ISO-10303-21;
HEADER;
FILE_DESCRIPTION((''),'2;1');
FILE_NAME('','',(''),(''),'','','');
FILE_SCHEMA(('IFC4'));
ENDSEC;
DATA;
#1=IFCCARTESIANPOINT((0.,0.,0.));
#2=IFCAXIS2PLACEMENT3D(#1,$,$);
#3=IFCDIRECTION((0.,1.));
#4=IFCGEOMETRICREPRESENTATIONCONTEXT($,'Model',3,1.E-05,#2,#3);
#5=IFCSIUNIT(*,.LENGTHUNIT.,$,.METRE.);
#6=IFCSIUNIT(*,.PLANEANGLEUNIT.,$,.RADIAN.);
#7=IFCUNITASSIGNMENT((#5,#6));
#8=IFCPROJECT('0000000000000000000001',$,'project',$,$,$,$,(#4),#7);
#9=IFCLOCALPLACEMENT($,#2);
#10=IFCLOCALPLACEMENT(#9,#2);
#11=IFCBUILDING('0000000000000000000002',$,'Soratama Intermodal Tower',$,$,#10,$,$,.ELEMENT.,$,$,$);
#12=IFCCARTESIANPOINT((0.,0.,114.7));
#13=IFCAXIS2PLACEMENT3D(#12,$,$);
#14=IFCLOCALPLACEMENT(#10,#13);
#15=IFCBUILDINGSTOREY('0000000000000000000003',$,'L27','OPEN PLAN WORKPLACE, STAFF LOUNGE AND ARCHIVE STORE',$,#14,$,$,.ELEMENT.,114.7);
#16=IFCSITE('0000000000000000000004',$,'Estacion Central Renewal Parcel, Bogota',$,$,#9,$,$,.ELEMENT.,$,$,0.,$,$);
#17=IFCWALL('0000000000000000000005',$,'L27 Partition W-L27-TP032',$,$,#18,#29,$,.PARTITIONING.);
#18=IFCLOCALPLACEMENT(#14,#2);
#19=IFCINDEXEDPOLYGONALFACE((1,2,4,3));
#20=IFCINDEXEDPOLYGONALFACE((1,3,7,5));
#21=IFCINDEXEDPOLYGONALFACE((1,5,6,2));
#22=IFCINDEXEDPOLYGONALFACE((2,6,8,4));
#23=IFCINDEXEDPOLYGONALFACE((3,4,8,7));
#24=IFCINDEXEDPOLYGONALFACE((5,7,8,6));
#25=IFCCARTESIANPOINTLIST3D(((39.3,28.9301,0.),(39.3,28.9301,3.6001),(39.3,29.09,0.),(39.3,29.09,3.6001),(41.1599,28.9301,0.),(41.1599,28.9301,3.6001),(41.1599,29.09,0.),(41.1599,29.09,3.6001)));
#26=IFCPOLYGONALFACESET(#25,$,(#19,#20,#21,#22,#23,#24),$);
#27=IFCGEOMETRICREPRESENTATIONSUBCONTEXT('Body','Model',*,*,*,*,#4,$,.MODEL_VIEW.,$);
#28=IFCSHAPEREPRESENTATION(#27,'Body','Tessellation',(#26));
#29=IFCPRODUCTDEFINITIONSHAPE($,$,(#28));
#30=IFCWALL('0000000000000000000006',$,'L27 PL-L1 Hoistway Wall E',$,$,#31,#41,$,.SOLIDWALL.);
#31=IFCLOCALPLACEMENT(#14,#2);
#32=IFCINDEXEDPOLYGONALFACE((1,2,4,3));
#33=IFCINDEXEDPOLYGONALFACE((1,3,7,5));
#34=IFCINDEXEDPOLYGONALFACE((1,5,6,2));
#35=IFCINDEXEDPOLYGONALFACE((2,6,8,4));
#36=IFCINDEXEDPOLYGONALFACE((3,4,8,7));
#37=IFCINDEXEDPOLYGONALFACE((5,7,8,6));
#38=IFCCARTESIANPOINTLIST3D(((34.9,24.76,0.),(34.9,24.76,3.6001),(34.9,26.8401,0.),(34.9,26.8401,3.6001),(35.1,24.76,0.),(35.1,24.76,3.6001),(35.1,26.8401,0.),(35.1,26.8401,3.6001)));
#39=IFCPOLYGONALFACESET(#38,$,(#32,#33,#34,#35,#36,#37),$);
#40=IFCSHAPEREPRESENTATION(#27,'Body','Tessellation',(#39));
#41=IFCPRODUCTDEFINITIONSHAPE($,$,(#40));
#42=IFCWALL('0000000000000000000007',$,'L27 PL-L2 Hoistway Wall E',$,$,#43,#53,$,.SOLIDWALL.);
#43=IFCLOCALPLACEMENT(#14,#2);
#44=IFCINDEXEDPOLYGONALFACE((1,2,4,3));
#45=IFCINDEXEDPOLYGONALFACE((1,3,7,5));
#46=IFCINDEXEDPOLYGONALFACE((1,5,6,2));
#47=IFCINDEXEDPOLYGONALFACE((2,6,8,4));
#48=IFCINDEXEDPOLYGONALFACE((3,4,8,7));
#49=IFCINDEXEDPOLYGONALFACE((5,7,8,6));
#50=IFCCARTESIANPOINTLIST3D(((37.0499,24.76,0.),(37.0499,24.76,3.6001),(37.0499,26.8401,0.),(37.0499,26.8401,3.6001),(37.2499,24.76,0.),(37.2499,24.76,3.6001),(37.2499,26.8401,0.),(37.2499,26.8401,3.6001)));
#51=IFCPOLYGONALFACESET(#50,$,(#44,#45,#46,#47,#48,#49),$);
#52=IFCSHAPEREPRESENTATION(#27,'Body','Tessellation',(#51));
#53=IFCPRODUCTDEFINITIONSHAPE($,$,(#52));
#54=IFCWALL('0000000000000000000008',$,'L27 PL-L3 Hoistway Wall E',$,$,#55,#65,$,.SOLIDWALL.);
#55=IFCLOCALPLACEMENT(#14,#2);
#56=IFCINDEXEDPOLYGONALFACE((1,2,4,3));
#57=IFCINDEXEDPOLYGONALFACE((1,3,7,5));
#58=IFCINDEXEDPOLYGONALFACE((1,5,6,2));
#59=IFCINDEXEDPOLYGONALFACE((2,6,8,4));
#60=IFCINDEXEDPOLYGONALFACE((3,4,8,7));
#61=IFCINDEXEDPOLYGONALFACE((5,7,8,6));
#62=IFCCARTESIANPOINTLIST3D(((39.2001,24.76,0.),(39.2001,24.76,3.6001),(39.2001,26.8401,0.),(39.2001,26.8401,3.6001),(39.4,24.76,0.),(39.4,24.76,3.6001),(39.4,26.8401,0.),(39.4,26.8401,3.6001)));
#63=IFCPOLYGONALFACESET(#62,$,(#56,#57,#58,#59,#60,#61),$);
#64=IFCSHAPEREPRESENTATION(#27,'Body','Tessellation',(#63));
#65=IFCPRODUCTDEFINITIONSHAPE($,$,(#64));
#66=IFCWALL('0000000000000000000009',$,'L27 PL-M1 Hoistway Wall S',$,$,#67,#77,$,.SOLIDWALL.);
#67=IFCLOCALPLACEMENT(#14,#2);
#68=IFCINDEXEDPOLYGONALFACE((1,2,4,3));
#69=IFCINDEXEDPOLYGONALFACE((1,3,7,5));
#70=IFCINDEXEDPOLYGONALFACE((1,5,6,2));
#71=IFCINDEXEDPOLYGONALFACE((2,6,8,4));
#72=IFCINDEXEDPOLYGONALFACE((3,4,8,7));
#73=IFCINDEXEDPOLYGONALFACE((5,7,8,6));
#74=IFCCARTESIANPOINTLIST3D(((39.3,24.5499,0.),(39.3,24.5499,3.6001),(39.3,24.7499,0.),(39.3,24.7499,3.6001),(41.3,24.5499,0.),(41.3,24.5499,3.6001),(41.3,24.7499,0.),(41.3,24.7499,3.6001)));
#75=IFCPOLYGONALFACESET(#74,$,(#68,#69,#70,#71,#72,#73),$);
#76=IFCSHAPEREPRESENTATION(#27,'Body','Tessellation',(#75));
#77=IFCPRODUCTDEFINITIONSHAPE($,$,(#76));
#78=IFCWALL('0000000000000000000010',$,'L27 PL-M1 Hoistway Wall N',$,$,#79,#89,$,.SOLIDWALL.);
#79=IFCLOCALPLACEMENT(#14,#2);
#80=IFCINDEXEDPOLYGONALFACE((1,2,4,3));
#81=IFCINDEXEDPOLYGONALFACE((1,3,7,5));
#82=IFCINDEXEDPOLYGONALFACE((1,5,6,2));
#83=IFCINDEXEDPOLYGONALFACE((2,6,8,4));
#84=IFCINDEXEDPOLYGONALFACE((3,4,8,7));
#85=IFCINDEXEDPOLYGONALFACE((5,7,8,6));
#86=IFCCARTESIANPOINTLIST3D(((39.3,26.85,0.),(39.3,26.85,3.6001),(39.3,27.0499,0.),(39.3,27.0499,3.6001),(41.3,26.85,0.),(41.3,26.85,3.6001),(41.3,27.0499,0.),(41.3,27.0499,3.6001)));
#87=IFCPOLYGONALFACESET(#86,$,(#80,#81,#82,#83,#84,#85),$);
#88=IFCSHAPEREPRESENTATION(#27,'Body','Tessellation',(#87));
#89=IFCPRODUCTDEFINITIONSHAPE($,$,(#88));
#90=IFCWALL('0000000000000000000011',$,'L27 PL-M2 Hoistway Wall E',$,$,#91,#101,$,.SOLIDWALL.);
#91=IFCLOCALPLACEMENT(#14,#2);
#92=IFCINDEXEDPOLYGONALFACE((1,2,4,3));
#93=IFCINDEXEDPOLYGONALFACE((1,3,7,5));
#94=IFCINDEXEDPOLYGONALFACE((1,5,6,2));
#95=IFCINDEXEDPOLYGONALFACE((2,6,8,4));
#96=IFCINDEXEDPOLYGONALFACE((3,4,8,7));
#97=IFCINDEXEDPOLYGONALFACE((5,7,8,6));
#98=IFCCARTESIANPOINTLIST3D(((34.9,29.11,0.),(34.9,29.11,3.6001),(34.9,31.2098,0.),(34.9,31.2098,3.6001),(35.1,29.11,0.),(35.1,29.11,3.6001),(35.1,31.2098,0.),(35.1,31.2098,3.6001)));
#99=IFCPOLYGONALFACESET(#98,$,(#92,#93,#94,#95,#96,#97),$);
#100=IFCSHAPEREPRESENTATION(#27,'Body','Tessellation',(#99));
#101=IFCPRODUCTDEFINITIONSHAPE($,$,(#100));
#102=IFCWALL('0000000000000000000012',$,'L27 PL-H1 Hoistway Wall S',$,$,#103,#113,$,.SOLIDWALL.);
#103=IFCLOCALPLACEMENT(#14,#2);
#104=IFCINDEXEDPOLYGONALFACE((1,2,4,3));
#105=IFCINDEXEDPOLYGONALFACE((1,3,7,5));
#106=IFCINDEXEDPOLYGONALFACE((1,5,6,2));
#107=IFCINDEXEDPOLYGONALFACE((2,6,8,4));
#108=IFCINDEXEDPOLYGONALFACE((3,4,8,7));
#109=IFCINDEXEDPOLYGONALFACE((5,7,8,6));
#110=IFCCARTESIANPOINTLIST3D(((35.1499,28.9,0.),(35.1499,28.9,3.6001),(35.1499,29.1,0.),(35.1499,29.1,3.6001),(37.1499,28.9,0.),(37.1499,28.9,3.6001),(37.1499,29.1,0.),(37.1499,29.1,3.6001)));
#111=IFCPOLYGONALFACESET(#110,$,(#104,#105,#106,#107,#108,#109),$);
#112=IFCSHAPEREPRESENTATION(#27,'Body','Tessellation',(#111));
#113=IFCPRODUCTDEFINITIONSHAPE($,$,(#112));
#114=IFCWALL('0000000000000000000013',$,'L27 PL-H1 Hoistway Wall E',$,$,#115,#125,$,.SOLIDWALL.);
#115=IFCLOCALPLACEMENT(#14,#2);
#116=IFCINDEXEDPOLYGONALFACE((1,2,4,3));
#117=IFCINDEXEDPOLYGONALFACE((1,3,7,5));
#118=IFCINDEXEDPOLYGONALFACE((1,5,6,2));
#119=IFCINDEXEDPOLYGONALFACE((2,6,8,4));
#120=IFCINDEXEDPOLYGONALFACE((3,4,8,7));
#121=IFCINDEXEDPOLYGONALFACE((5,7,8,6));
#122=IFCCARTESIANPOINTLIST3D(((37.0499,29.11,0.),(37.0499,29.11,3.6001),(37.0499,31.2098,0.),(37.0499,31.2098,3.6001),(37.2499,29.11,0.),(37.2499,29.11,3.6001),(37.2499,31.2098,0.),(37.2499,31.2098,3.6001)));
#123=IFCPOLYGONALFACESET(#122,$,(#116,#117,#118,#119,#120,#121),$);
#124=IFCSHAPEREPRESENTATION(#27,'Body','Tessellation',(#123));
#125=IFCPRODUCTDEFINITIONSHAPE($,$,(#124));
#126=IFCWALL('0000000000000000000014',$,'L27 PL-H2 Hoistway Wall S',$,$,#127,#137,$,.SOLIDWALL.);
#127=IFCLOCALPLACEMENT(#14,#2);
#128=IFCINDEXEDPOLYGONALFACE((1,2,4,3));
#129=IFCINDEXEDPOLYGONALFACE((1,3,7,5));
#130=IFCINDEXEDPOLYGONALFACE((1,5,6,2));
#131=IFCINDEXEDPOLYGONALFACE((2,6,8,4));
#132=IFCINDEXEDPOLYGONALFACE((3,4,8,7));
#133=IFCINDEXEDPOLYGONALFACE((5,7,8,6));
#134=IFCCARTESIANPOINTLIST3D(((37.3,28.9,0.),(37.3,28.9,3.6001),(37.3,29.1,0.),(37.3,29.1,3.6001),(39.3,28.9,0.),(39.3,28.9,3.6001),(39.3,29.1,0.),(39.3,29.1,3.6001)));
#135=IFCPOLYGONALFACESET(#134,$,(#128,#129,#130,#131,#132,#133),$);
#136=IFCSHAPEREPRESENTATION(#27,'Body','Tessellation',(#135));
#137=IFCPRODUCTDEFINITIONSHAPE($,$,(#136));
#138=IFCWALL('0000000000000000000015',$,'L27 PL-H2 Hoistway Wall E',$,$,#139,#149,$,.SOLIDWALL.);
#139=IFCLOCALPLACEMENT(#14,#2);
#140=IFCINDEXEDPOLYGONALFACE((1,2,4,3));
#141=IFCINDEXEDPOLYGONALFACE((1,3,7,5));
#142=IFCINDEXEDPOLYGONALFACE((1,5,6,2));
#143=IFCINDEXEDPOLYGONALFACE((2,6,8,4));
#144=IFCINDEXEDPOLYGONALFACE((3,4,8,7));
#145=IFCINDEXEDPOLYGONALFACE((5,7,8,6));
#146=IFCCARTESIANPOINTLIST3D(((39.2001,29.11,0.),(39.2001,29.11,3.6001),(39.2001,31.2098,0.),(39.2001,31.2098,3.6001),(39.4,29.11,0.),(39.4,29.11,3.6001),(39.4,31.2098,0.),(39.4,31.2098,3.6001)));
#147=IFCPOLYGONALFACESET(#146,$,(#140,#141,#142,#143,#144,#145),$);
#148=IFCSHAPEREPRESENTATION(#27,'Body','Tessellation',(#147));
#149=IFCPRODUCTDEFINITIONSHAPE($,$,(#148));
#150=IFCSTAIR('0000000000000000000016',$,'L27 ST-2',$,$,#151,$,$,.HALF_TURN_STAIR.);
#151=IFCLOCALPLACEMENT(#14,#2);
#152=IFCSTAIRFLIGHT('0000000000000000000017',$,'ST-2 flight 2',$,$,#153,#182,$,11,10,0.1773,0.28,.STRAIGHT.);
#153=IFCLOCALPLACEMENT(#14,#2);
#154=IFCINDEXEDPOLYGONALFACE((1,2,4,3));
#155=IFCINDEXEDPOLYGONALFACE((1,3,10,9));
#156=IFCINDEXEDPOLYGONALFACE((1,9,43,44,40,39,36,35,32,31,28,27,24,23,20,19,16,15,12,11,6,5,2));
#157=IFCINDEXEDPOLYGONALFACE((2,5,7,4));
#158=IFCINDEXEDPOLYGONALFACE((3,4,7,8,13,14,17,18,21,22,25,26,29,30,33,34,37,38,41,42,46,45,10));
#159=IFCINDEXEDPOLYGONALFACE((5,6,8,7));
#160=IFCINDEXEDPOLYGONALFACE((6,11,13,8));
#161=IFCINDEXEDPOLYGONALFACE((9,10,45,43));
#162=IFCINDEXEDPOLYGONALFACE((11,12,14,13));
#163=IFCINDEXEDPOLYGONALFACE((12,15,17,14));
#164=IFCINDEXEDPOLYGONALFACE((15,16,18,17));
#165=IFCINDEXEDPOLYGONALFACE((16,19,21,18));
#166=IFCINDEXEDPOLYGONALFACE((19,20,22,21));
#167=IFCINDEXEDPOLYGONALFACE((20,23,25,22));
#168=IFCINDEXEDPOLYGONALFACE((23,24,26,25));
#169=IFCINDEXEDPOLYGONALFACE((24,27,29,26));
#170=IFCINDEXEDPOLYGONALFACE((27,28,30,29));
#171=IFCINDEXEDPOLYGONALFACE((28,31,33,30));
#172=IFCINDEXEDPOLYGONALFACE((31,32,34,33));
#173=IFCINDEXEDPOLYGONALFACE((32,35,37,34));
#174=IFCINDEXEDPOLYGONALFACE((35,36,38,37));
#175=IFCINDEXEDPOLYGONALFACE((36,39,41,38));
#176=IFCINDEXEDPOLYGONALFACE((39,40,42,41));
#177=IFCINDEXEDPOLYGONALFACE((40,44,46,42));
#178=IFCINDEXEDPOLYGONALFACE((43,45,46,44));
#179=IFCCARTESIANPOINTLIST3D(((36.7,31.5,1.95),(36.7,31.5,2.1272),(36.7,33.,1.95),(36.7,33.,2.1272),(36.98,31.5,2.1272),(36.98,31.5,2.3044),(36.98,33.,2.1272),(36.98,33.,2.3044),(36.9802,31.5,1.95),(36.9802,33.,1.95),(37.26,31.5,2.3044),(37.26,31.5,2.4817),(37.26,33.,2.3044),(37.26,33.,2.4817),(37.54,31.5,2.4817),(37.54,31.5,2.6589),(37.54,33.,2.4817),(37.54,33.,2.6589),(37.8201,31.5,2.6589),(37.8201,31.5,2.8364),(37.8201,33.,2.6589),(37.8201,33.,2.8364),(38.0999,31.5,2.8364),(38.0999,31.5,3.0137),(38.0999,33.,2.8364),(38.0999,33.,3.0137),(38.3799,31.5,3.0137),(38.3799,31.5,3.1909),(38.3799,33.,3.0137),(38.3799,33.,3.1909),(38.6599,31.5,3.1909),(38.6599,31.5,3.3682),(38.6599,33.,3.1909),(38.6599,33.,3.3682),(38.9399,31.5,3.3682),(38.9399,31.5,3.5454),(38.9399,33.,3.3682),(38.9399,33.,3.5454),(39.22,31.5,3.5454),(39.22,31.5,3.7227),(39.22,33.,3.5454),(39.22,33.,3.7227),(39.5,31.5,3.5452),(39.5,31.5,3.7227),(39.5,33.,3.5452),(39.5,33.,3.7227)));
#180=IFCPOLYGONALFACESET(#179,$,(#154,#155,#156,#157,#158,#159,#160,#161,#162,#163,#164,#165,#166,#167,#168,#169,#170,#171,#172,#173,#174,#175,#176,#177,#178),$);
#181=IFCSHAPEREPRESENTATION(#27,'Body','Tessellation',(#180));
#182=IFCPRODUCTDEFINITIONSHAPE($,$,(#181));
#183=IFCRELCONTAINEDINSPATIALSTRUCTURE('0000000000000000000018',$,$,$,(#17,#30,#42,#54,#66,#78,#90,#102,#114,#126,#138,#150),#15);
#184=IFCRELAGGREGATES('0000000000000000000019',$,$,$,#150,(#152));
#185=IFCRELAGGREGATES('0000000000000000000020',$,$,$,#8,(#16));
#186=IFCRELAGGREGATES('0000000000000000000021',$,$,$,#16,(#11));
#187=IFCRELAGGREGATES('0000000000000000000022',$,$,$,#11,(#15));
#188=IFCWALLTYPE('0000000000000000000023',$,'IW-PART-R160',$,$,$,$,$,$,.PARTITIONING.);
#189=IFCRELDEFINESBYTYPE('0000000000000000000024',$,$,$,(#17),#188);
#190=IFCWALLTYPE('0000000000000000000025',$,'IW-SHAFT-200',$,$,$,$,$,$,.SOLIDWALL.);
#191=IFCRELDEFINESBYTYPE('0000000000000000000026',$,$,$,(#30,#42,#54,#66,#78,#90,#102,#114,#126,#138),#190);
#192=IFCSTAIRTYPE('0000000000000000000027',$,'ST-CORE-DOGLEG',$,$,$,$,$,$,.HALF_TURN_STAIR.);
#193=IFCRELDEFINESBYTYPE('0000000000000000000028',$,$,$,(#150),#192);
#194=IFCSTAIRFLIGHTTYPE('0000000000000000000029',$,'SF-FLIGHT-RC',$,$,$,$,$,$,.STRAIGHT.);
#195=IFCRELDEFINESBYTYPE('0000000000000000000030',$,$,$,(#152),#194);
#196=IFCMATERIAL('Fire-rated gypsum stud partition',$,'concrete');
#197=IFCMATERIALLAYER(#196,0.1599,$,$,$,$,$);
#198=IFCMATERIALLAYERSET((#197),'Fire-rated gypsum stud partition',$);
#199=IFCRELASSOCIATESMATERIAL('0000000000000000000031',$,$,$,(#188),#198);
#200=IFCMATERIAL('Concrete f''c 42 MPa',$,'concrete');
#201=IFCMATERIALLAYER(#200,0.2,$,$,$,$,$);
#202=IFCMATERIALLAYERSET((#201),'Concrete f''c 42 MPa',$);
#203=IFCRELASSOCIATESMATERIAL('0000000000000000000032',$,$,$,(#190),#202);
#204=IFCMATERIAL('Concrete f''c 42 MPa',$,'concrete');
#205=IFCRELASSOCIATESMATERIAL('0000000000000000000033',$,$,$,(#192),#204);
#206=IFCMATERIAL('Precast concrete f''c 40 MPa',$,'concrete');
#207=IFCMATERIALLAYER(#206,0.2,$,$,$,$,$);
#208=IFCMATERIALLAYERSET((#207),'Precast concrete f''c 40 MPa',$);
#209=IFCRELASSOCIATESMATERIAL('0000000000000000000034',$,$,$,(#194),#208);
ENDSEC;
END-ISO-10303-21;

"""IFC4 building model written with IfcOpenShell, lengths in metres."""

from ifc_helpers import new_model, si_unit, direction, frame, frame_2d, origin, place, context, subcontext, project, spatial, polyline, rectangle, outline, extrude, material, layer, layer_set, type_object, element, aggregate, save


model = new_model("IFC4")

# Units and contexts
model_context = context("Model", 3, precision=1e-05, world=origin(), true_north=direction((0.0, 1.0)))
body_context = subcontext(model_context, "Body", "Model", "MODEL_VIEW")
ifc_project = project(units=[si_unit("LENGTHUNIT", "METRE"), si_unit("PLANEANGLEUNIT", "RADIAN")], contexts=[model_context])

# Site, building, storey
site_placement = place(None, origin())
site = spatial("IfcSite", under=ifc_project, at=site_placement, Name="Estacion Central Renewal Parcel, Bogota", CompositionType="ELEMENT", RefElevation=0.0)
building_placement = place(site_placement, origin())
building = spatial("IfcBuilding", under=site, at=building_placement, Name="Soratama Intermodal Tower", CompositionType="ELEMENT")
storey_placement = place(building_placement, frame((0.0, 0.0, 114.7)))
storey = spatial("IfcBuildingStorey", under=building, at=storey_placement, Name="L27", Description="OPEN PLAN WORKPLACE, STAFF LOUNGE AND ARCHIVE STORE", CompositionType="ELEMENT", Elevation=114.7)

# Walls
ifc_material_1 = material(Name="Fire-rated gypsum stud partition", Category="concrete")
ifc_layer_1 = layer(ifc_material_1, 0.1599)
ifc_layer_set_1 = layer_set([ifc_layer_1], Name="Fire-rated gypsum stud partition")
wall_type_1 = type_object("IfcWallType", Name="IW-PART-R160", PredefinedType="PARTITIONING", material=ifc_layer_set_1)
wall_1_placement = place(storey_placement, frame((39.3, 29.01, 0.0), z_axis=(0.0, 0.0, 1.0), x_axis=(1.0, 0.0, 0.0)))
element("IfcWall", 1, at=wall_1_placement, inside=storey, type_object=wall_type_1, Name="L27 Partition W-L27-TP032", PredefinedType="PARTITIONING", context=body_context, shape_type="SweptSolid", body=[
    extrude(rectangle(XDim=1.8599, YDim=0.1599, at=frame_2d((0.9299, 0.0))), origin(), (0.0, 0.0, 1.0), 3.6001),
])
ifc_material_2 = material(Name="Concrete f'c 42 MPa", Category="concrete")
ifc_layer_2 = layer(ifc_material_2, 0.2)
ifc_layer_set_2 = layer_set([ifc_layer_2], Name="Concrete f'c 42 MPa")
wall_type_2 = type_object("IfcWallType", Name="IW-SHAFT-200", PredefinedType="SOLIDWALL", material=ifc_layer_set_2)
wall_2_placement = place(storey_placement, frame((35.0, 24.76, 0.0), z_axis=(0.0, 0.0, 1.0), x_axis=(0.0, 1.0, 0.0)))
element("IfcWall", 2, at=wall_2_placement, inside=storey, type_object=wall_type_2, Name="L27 PL-L1 Hoistway Wall E", PredefinedType="SOLIDWALL", context=body_context, shape_type="SweptSolid", body=[
    extrude(rectangle(XDim=2.0801, YDim=0.2, at=frame_2d((1.04, 0.0))), origin(), (0.0, 0.0, 1.0), 3.6001),
])

# Wall
wall_3_placement = place(storey_placement, frame((37.1499, 24.76, 0.0), z_axis=(0.0, 0.0, 1.0), x_axis=(0.0, 1.0, 0.0)))
element("IfcWall", 3, at=wall_3_placement, inside=storey, type_object=wall_type_2, Name="L27 PL-L2 Hoistway Wall E", PredefinedType="SOLIDWALL", context=body_context, shape_type="SweptSolid", body=[
    extrude(rectangle(XDim=2.0801, YDim=0.2, at=frame_2d((1.04, 0.0))), origin(), (0.0, 0.0, 1.0), 3.6001),
])

# Walls
wall_4_placement = place(storey_placement, frame((39.3, 24.76, 0.0), z_axis=(0.0, 0.0, 1.0), x_axis=(0.0, 1.0, 0.0)))
element("IfcWall", 4, at=wall_4_placement, inside=storey, type_object=wall_type_2, Name="L27 PL-L3 Hoistway Wall E", PredefinedType="SOLIDWALL", context=body_context, shape_type="SweptSolid", body=[
    extrude(rectangle(XDim=2.0801, YDim=0.2, at=frame_2d((1.04, 0.0))), origin(), (0.0, 0.0, 1.0), 3.6001),
])
for number, where, z_axis, x_axis, name in (
    (5, (39.3, 24.6499, 0.0), (0.0, 0.0, 1.0), (1.0, 0.0, 0.0), "L27 PL-M1 Hoistway Wall S"),
    (6, (39.3, 26.95, 0.0), (0.0, 0.0, 1.0), (1.0, 0.0, 0.0), "L27 PL-M1 Hoistway Wall N"),
):
    element("IfcWall", number, at=place(storey_placement, frame(where, z_axis=z_axis, x_axis=x_axis)), inside=storey, type_object=wall_type_2, Name=name, PredefinedType="SOLIDWALL", context=body_context, shape_type="SweptSolid", body=[
        extrude(rectangle(XDim=2.0, YDim=0.2, at=frame_2d((1.0, 0.0))), origin(), (0.0, 0.0, 1.0), 3.6001),
    ])
wall_5_placement = place(storey_placement, frame((35.0, 29.1101, 0.0), z_axis=(0.0, 0.0, 1.0), x_axis=(0.0, 1.0, 0.0)))
element("IfcWall", 7, at=wall_5_placement, inside=storey, type_object=wall_type_2, Name="L27 PL-M2 Hoistway Wall E", PredefinedType="SOLIDWALL", context=body_context, shape_type="SweptSolid", body=[
    extrude(rectangle(XDim=2.0999, YDim=0.2, at=frame_2d((1.0498, 0.0))), origin(), (0.0, 0.0, 1.0), 3.6001),
])
wall_6_placement = place(storey_placement, frame((35.1499, 29.0, 0.0), z_axis=(0.0, 0.0, 1.0), x_axis=(1.0, 0.0, 0.0)))
element("IfcWall", 8, at=wall_6_placement, inside=storey, type_object=wall_type_2, Name="L27 PL-H1 Hoistway Wall S", PredefinedType="SOLIDWALL", context=body_context, shape_type="SweptSolid", body=[
    extrude(rectangle(XDim=2.0, YDim=0.2, at=frame_2d((1.0, 0.0))), origin(), (0.0, 0.0, 1.0), 3.6001),
])
wall_7_placement = place(storey_placement, frame((37.1499, 29.1101, 0.0), z_axis=(0.0, 0.0, 1.0), x_axis=(0.0, 1.0, 0.0)))
element("IfcWall", 9, at=wall_7_placement, inside=storey, type_object=wall_type_2, Name="L27 PL-H1 Hoistway Wall E", PredefinedType="SOLIDWALL", context=body_context, shape_type="SweptSolid", body=[
    extrude(rectangle(XDim=2.0999, YDim=0.2, at=frame_2d((1.0498, 0.0))), origin(), (0.0, 0.0, 1.0), 3.6001),
])
wall_8_placement = place(storey_placement, frame((37.3, 29.0, 0.0), z_axis=(0.0, 0.0, 1.0), x_axis=(1.0, 0.0, 0.0)))
element("IfcWall", 10, at=wall_8_placement, inside=storey, type_object=wall_type_2, Name="L27 PL-H2 Hoistway Wall S", PredefinedType="SOLIDWALL", context=body_context, shape_type="SweptSolid", body=[
    extrude(rectangle(XDim=2.0, YDim=0.2, at=frame_2d((1.0, 0.0))), origin(), (0.0, 0.0, 1.0), 3.6001),
])
wall_9_placement = place(storey_placement, frame((39.3, 29.1101, 0.0), z_axis=(0.0, 0.0, 1.0), x_axis=(0.0, 1.0, 0.0)))
element("IfcWall", 11, at=wall_9_placement, inside=storey, type_object=wall_type_2, Name="L27 PL-H2 Hoistway Wall E", PredefinedType="SOLIDWALL", context=body_context, shape_type="SweptSolid", body=[
    extrude(rectangle(XDim=2.0999, YDim=0.2, at=frame_2d((1.0498, 0.0))), origin(), (0.0, 0.0, 1.0), 3.6001),
])

# Stair, stair flight
ifc_material_3 = material(Name="Concrete f'c 42 MPa", Category="concrete")
stair_type = type_object("IfcStairType", Name="ST-CORE-DOGLEG", PredefinedType="HALF_TURN_STAIR", material=ifc_material_3)
stair_placement = place(storey_placement, origin())
stair = element("IfcStair", 12, at=stair_placement, inside=storey, type_object=stair_type, Name="L27 ST-2", PredefinedType="HALF_TURN_STAIR")
ifc_material_4 = material(Name="Precast concrete f'c 40 MPa", Category="concrete")
ifc_layer_3 = layer(ifc_material_4, 0.2)
ifc_layer_set_3 = layer_set([ifc_layer_3], Name="Precast concrete f'c 40 MPa")
stair_flight_type = type_object("IfcStairFlightType", Name="SF-FLIGHT-RC", PredefinedType="STRAIGHT", material=ifc_layer_set_3)
stair_flight_placement = place(storey_placement, frame((36.7, 32.25, 1.95), z_axis=(0.0, 0.0, 1.0), x_axis=(1.0, 0.0, 0.0)))
stair_flight = element("IfcStairFlight", 13, at=stair_flight_placement, type_object=stair_flight_type, Name="ST-2 flight 2", NumberOfRisers=11, NumberOfTreads=10, PredefinedType="STRAIGHT", RiserHeight=0.1773, TreadLength=0.28, context=body_context, shape_type="SweptSolid", body=[
    extrude(outline(polyline([(0.0, 0.0), (0.0, 0.1772), (0.28, 0.1772), (0.28, 0.3545), (0.5601, 0.3545), (0.5601, 0.5317), (0.8401, 0.5317), (0.8401, 0.709), (1.1201, 0.709), (1.1201, 0.8865), (1.3999, 0.8865), (1.3999, 1.0637), (1.6799, 1.0637), (1.6799, 1.241), (1.96, 1.241), (1.96, 1.4182), (2.24, 1.4182), (2.24, 1.5955), (2.52, 1.5955), (2.52, 1.7727), (2.8, 1.7727), (2.8, 1.95), (2.8, 1.5952), (0.2803, 0.0), (0.0, 0.0)])), frame((0.0, 0.75, 0.0), z_axis=(0.0, -1.0, 0.0), x_axis=(1.0, 0.0, 0.0)), (0.0, 0.0, 1.0), 1.5),
])
aggregate(stair, [stair_flight])

save(model, "model.ifc")
